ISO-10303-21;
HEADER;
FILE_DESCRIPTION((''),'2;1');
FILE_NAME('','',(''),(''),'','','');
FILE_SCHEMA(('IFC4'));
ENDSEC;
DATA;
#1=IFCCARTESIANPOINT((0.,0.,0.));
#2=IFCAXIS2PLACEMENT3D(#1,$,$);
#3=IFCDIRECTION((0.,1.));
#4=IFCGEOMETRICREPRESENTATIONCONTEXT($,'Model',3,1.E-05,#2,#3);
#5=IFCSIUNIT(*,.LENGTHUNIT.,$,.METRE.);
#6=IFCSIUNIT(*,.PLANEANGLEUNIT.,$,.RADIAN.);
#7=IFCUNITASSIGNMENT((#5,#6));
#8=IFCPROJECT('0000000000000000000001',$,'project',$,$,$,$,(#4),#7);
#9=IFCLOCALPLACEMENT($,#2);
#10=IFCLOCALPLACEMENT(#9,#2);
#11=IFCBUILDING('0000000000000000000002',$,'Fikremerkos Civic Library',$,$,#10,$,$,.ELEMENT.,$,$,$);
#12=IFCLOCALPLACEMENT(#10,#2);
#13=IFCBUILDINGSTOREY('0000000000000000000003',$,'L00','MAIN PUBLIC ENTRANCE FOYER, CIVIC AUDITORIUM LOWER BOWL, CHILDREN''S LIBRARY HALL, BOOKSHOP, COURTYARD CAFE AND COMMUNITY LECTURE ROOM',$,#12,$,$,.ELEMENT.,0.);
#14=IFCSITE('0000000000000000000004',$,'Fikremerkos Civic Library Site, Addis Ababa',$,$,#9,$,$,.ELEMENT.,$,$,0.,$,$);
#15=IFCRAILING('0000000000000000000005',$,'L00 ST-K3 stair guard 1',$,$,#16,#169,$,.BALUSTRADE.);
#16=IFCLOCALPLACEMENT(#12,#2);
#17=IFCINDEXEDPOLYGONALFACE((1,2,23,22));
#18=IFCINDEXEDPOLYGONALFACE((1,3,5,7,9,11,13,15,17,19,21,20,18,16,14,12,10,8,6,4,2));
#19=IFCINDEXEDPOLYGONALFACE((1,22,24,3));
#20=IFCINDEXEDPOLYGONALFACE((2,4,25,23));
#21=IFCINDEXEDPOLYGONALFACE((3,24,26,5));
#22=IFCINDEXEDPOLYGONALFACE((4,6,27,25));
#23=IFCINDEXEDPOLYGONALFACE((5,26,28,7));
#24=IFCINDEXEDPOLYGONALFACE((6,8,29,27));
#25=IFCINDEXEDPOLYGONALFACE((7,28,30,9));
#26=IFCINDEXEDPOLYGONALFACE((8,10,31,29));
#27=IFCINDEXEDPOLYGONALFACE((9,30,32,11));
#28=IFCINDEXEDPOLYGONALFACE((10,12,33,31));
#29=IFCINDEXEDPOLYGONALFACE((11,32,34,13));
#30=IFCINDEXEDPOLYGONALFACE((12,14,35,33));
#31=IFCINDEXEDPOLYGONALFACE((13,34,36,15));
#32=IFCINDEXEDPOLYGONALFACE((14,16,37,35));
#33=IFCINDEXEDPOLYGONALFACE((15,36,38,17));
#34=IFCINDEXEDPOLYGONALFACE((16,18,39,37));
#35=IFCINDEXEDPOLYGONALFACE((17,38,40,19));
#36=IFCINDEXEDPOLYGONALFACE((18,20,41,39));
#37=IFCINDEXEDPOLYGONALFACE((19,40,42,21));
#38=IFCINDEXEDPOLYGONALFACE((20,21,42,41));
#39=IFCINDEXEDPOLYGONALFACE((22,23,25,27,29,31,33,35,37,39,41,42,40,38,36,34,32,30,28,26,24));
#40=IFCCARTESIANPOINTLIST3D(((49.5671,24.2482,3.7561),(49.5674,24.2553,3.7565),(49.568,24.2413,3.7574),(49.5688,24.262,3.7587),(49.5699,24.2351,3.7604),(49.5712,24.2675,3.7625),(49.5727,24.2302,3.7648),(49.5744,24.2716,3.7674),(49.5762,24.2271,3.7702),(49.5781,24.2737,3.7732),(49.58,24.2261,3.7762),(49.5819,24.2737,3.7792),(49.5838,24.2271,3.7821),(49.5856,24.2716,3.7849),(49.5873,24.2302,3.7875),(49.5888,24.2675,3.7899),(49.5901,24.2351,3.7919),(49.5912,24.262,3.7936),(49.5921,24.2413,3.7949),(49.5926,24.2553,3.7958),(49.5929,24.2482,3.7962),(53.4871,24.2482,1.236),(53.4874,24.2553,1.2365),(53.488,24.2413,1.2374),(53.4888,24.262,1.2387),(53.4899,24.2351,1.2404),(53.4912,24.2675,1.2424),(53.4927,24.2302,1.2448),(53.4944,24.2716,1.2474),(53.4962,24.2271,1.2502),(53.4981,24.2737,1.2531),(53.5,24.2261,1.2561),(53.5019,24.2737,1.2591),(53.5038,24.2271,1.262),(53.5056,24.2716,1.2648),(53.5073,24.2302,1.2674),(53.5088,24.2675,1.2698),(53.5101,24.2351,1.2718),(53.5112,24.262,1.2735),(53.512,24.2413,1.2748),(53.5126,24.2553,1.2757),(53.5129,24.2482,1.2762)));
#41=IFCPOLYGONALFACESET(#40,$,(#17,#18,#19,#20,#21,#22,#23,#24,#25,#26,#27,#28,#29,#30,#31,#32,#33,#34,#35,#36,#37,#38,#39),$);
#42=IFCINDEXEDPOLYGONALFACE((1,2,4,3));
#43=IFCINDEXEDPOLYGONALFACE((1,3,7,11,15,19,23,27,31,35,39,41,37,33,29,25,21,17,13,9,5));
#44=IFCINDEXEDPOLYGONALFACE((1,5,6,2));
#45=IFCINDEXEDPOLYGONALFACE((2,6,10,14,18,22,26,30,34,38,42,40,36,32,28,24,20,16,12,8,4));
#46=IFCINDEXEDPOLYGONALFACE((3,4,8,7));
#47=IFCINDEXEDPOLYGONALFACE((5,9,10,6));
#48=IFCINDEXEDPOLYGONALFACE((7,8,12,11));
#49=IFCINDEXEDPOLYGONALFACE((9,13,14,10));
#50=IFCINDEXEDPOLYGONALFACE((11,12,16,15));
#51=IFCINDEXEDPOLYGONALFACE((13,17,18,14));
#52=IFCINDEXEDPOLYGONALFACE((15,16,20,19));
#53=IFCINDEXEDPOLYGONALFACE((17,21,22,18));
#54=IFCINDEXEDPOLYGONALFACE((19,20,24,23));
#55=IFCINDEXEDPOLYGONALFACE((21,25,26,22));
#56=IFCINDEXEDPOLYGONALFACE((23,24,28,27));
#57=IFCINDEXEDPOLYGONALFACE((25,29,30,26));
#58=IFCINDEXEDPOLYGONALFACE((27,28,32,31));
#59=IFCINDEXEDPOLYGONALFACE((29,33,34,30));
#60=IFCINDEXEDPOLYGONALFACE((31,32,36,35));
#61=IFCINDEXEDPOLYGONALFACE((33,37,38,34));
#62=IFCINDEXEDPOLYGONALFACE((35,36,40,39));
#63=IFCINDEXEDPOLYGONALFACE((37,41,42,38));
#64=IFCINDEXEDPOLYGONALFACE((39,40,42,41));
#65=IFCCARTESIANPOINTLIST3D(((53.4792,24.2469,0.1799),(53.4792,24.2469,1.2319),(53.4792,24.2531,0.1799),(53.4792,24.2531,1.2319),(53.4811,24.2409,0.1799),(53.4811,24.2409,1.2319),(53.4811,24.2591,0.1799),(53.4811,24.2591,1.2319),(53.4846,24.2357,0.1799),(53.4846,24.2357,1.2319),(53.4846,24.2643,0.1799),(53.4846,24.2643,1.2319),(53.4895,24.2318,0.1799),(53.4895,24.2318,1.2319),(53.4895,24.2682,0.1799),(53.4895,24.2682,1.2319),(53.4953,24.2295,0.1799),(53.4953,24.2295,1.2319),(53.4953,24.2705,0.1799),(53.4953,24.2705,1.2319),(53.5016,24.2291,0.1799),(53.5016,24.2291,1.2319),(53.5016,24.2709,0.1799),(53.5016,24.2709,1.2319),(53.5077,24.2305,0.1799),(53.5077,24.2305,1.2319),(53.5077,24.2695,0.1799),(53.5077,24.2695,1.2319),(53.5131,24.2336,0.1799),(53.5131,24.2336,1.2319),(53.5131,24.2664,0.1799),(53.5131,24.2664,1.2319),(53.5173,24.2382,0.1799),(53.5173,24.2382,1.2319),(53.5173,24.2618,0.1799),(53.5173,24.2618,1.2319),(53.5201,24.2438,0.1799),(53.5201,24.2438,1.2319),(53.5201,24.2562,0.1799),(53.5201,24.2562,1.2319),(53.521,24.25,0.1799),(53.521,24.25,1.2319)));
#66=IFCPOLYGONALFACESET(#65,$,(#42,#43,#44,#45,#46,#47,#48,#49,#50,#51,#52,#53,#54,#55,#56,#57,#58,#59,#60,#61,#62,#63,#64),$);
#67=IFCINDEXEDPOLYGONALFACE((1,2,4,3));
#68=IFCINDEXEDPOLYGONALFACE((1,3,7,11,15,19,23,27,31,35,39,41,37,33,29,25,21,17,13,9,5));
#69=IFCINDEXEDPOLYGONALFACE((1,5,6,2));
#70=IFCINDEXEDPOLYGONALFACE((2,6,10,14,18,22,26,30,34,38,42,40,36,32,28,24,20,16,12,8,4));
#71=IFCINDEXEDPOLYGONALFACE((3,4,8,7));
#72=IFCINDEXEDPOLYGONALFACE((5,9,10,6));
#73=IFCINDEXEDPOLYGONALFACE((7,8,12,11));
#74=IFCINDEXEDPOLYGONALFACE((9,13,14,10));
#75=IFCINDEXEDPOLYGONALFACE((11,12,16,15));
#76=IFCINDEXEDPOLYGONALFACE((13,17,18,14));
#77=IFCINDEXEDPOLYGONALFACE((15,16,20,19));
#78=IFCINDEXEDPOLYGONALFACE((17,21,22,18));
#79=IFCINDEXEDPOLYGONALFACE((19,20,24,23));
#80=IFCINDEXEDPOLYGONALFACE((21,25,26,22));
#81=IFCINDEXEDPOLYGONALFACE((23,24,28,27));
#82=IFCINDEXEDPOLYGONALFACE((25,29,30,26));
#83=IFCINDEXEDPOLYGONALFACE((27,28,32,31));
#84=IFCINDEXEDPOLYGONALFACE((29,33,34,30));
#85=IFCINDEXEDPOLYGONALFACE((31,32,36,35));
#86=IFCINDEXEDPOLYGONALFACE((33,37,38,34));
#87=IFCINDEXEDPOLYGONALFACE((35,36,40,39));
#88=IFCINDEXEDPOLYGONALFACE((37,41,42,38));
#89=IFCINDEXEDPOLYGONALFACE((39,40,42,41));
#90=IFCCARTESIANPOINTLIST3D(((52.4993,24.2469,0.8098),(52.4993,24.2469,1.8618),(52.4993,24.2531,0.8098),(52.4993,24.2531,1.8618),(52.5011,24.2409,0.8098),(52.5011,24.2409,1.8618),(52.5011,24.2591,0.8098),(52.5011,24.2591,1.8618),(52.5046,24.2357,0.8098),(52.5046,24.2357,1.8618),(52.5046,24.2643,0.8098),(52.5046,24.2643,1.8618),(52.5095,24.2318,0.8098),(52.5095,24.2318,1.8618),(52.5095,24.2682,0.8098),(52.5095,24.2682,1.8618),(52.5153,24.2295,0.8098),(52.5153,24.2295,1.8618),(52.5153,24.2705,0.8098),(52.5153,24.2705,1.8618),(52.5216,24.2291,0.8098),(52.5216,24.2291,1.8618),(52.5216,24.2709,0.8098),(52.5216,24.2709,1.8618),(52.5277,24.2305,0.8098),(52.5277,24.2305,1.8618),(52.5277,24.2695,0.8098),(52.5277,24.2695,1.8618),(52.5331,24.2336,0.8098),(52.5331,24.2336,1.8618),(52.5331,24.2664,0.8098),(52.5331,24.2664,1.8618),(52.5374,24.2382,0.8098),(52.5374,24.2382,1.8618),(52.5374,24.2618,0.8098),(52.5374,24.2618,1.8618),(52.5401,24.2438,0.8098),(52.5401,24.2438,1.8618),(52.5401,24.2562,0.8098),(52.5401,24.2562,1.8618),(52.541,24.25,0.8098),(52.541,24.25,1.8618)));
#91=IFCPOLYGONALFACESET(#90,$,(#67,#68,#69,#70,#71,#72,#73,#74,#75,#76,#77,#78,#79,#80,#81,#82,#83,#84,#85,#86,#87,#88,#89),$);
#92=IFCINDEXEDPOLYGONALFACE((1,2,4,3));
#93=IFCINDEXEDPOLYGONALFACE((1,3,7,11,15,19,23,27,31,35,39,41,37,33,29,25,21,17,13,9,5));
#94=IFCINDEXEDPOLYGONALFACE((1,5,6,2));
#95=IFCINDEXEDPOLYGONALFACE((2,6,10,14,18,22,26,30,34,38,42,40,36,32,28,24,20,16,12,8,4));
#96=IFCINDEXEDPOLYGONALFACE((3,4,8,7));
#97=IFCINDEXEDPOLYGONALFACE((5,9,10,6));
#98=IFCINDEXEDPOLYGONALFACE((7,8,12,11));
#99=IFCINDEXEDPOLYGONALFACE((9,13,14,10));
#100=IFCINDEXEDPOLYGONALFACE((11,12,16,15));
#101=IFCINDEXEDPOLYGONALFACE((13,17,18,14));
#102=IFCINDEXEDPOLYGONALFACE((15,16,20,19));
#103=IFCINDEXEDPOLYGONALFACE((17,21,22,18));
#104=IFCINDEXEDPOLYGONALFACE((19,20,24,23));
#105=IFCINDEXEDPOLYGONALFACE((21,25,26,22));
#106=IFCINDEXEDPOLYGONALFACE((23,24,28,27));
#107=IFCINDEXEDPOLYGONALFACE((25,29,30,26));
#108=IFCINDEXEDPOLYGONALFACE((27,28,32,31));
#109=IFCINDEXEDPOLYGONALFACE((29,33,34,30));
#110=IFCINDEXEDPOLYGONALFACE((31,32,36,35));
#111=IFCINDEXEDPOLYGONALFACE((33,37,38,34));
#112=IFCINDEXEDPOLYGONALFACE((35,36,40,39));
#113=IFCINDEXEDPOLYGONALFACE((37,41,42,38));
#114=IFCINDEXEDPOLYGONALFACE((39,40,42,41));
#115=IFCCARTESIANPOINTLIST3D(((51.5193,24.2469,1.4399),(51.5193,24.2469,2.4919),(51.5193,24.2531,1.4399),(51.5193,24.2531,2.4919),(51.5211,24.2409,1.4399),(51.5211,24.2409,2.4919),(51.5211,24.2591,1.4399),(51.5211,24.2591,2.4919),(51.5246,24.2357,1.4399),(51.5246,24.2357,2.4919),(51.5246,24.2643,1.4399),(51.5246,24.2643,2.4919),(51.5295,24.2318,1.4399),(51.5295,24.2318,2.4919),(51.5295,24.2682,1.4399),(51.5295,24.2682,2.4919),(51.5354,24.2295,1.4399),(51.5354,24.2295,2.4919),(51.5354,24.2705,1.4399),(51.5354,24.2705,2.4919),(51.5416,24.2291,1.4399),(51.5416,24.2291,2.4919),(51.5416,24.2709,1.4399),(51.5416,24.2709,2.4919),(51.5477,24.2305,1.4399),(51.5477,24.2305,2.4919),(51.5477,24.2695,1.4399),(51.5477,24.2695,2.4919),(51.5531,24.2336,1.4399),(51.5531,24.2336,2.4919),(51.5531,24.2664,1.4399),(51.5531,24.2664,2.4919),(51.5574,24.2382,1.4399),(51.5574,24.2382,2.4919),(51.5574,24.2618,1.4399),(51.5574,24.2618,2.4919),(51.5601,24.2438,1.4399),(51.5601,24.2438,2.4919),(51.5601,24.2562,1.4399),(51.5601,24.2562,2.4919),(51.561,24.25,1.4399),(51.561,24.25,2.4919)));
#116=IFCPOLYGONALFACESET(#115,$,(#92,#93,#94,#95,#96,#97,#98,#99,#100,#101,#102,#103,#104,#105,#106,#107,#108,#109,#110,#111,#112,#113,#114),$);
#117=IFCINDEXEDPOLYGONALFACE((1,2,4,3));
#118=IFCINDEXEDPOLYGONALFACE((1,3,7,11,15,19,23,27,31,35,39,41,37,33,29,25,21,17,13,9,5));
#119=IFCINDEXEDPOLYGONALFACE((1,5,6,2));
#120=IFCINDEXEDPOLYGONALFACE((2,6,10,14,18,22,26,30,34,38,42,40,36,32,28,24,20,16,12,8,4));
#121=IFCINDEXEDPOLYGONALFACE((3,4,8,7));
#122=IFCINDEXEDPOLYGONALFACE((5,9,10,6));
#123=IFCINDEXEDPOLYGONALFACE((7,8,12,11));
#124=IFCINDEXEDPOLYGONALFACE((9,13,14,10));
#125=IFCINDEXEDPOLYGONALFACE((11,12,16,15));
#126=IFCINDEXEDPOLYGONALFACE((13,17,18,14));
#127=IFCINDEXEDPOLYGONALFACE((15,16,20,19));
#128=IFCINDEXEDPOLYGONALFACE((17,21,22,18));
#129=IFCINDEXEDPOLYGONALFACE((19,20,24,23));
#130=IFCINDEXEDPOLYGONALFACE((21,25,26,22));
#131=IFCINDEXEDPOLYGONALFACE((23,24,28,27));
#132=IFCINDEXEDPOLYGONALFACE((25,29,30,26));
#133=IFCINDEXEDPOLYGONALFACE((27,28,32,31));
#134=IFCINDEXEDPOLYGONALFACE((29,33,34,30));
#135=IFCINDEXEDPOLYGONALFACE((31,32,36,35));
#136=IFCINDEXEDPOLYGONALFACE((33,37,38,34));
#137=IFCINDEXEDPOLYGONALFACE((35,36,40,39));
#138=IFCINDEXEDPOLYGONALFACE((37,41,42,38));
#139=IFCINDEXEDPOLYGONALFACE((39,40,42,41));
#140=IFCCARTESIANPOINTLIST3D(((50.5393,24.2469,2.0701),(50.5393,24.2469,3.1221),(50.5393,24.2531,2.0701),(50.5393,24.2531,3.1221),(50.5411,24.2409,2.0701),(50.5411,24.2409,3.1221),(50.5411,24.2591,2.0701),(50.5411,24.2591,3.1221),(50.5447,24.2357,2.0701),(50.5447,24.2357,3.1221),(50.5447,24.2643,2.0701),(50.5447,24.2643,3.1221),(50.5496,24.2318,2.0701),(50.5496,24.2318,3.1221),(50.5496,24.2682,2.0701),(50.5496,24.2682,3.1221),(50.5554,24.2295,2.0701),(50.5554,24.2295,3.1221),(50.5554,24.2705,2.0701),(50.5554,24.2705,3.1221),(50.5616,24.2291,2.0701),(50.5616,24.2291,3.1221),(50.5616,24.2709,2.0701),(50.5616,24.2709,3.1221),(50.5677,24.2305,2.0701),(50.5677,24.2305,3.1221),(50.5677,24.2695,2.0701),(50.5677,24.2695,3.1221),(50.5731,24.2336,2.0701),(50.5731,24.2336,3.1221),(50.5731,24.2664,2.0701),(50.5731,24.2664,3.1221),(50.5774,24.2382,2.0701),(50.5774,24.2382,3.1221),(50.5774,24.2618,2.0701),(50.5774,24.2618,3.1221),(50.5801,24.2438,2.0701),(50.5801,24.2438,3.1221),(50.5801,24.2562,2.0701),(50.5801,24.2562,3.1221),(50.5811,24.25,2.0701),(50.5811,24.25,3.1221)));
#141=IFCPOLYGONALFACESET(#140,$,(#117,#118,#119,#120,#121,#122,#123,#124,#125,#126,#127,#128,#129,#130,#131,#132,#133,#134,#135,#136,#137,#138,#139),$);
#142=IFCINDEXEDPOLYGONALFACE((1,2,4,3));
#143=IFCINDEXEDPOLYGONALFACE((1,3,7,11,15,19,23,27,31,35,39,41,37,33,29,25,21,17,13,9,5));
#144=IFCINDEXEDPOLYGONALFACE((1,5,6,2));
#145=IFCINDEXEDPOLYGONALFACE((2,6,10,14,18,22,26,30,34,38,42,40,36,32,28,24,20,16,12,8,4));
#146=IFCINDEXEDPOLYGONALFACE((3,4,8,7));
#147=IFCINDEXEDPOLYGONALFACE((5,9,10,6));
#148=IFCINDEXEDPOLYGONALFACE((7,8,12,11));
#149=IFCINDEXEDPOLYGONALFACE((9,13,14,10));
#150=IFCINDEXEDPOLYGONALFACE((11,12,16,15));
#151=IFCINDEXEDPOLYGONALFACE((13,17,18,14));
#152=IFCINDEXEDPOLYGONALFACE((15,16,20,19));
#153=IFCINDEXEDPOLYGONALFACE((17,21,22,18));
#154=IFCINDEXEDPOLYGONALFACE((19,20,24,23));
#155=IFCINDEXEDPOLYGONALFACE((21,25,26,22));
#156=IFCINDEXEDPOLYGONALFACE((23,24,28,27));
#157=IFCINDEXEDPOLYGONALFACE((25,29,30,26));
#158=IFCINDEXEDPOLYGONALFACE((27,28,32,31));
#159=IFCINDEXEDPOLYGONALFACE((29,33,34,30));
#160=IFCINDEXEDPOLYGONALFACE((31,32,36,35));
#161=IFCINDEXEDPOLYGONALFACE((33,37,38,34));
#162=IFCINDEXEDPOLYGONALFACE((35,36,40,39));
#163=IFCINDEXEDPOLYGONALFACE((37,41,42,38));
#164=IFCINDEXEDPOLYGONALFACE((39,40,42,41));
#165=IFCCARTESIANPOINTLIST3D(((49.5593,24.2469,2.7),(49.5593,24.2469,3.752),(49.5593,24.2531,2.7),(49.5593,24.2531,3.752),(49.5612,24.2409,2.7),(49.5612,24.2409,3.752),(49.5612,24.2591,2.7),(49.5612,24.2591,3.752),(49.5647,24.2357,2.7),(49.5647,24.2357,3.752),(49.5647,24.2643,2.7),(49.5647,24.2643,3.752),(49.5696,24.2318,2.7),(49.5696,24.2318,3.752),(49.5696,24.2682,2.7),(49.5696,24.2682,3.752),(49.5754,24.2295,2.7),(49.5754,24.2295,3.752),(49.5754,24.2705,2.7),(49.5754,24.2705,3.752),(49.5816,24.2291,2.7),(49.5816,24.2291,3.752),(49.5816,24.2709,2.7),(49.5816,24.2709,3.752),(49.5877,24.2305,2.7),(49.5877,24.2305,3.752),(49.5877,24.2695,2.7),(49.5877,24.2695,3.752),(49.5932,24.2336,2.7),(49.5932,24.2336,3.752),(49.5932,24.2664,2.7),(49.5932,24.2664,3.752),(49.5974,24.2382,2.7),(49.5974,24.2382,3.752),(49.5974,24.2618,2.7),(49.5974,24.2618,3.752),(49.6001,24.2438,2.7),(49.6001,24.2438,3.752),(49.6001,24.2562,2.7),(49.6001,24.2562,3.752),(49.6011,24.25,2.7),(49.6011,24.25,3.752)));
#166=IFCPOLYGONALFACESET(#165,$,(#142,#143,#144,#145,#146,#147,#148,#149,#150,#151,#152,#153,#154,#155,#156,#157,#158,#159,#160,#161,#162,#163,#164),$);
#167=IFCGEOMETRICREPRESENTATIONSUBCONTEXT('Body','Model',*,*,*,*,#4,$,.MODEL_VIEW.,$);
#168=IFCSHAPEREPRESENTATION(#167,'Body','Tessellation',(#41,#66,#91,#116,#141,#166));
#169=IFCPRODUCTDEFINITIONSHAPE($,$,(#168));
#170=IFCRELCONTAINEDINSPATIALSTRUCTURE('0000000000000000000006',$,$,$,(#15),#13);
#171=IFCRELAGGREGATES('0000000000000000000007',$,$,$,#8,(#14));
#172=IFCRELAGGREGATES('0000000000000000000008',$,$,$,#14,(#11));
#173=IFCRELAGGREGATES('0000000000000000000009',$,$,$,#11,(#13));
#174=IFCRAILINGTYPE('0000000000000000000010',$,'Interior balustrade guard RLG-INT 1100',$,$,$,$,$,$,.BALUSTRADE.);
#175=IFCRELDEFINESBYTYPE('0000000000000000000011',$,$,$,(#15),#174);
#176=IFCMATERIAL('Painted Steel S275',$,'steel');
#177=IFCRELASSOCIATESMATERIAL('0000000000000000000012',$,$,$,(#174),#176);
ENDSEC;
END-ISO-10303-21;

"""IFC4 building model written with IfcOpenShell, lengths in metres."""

from ifc_helpers import new_model, si_unit, direction, frame, origin, origin_2d, place, context, subcontext, project, spatial, circle, extrude, material, type_object, element, save


model = new_model("IFC4")

# Units and contexts
model_context = context("Model", 3, precision=1e-05, world=origin(), true_north=direction((0.0, 1.0)))
body_context = subcontext(model_context, "Body", "Model", "MODEL_VIEW")
ifc_project = project(units=[si_unit("LENGTHUNIT", "METRE"), si_unit("PLANEANGLEUNIT", "RADIAN")], contexts=[model_context])

# Site, building, storey
site_placement = place(None, origin())
site = spatial("IfcSite", under=ifc_project, at=site_placement, Name="Fikremerkos Civic Library Site, Addis Ababa", CompositionType="ELEMENT", RefElevation=0.0)
building_placement = place(site_placement, origin())
building = spatial("IfcBuilding", under=site, at=building_placement, Name="Fikremerkos Civic Library", CompositionType="ELEMENT")
storey_placement = place(building_placement, origin())
storey = spatial("IfcBuildingStorey", under=building, at=storey_placement, Name="L00", Description="MAIN PUBLIC ENTRANCE FOYER, CIVIC AUDITORIUM LOWER BOWL, CHILDREN'S LIBRARY HALL, BOOKSHOP, COURTYARD CAFE AND COMMUNITY LECTURE ROOM", CompositionType="ELEMENT", Elevation=0.0)

# Railing
ifc_material_1 = material(Name="Painted Steel S275", Category="steel")
railing_type_1 = type_object("IfcRailingType", Name="Interior balustrade guard RLG-INT 1100", PredefinedType="BALUSTRADE", material=ifc_material_1)
railing_1_placement = place(storey_placement, frame((53.5, 24.25, 0.1799)))
element("IfcRailing", 1, at=railing_1_placement, inside=storey, type_object=railing_type_1, Name="L00 ST-K3 stair guard 1", PredefinedType="BALUSTRADE", context=body_context, shape_type="SweptSolid", body=[
    extrude(circle(Radius=0.0239, at=origin_2d()), frame((0.0, 0.0, 1.0762), z_axis=(-0.841172, 0.0, 0.540768), x_axis=(0.0, -1.0, 0.0)), (0.0, 0.0, 1.0), 4.6602),
    extrude(circle(Radius=0.021, at=origin_2d()), origin(), (0.0, 0.0, 1.0), 1.052),
    extrude(circle(Radius=0.021, at=origin_2d()), frame((-0.98, 0.0, 0.6299)), (0.0, 0.0, 1.0), 1.052),
    extrude(circle(Radius=0.021, at=origin_2d()), frame((-1.96, 0.0, 1.26)), (0.0, 0.0, 1.0), 1.052),
    extrude(circle(Radius=0.021, at=origin_2d()), frame((-2.9399, 0.0, 1.8901)), (0.0, 0.0, 1.0), 1.052),
    extrude(circle(Radius=0.021, at=origin_2d()), frame((-3.9199, 0.0, 2.52)), (0.0, 0.0, 1.0), 1.052),
])

save(model, "model.ifc")
